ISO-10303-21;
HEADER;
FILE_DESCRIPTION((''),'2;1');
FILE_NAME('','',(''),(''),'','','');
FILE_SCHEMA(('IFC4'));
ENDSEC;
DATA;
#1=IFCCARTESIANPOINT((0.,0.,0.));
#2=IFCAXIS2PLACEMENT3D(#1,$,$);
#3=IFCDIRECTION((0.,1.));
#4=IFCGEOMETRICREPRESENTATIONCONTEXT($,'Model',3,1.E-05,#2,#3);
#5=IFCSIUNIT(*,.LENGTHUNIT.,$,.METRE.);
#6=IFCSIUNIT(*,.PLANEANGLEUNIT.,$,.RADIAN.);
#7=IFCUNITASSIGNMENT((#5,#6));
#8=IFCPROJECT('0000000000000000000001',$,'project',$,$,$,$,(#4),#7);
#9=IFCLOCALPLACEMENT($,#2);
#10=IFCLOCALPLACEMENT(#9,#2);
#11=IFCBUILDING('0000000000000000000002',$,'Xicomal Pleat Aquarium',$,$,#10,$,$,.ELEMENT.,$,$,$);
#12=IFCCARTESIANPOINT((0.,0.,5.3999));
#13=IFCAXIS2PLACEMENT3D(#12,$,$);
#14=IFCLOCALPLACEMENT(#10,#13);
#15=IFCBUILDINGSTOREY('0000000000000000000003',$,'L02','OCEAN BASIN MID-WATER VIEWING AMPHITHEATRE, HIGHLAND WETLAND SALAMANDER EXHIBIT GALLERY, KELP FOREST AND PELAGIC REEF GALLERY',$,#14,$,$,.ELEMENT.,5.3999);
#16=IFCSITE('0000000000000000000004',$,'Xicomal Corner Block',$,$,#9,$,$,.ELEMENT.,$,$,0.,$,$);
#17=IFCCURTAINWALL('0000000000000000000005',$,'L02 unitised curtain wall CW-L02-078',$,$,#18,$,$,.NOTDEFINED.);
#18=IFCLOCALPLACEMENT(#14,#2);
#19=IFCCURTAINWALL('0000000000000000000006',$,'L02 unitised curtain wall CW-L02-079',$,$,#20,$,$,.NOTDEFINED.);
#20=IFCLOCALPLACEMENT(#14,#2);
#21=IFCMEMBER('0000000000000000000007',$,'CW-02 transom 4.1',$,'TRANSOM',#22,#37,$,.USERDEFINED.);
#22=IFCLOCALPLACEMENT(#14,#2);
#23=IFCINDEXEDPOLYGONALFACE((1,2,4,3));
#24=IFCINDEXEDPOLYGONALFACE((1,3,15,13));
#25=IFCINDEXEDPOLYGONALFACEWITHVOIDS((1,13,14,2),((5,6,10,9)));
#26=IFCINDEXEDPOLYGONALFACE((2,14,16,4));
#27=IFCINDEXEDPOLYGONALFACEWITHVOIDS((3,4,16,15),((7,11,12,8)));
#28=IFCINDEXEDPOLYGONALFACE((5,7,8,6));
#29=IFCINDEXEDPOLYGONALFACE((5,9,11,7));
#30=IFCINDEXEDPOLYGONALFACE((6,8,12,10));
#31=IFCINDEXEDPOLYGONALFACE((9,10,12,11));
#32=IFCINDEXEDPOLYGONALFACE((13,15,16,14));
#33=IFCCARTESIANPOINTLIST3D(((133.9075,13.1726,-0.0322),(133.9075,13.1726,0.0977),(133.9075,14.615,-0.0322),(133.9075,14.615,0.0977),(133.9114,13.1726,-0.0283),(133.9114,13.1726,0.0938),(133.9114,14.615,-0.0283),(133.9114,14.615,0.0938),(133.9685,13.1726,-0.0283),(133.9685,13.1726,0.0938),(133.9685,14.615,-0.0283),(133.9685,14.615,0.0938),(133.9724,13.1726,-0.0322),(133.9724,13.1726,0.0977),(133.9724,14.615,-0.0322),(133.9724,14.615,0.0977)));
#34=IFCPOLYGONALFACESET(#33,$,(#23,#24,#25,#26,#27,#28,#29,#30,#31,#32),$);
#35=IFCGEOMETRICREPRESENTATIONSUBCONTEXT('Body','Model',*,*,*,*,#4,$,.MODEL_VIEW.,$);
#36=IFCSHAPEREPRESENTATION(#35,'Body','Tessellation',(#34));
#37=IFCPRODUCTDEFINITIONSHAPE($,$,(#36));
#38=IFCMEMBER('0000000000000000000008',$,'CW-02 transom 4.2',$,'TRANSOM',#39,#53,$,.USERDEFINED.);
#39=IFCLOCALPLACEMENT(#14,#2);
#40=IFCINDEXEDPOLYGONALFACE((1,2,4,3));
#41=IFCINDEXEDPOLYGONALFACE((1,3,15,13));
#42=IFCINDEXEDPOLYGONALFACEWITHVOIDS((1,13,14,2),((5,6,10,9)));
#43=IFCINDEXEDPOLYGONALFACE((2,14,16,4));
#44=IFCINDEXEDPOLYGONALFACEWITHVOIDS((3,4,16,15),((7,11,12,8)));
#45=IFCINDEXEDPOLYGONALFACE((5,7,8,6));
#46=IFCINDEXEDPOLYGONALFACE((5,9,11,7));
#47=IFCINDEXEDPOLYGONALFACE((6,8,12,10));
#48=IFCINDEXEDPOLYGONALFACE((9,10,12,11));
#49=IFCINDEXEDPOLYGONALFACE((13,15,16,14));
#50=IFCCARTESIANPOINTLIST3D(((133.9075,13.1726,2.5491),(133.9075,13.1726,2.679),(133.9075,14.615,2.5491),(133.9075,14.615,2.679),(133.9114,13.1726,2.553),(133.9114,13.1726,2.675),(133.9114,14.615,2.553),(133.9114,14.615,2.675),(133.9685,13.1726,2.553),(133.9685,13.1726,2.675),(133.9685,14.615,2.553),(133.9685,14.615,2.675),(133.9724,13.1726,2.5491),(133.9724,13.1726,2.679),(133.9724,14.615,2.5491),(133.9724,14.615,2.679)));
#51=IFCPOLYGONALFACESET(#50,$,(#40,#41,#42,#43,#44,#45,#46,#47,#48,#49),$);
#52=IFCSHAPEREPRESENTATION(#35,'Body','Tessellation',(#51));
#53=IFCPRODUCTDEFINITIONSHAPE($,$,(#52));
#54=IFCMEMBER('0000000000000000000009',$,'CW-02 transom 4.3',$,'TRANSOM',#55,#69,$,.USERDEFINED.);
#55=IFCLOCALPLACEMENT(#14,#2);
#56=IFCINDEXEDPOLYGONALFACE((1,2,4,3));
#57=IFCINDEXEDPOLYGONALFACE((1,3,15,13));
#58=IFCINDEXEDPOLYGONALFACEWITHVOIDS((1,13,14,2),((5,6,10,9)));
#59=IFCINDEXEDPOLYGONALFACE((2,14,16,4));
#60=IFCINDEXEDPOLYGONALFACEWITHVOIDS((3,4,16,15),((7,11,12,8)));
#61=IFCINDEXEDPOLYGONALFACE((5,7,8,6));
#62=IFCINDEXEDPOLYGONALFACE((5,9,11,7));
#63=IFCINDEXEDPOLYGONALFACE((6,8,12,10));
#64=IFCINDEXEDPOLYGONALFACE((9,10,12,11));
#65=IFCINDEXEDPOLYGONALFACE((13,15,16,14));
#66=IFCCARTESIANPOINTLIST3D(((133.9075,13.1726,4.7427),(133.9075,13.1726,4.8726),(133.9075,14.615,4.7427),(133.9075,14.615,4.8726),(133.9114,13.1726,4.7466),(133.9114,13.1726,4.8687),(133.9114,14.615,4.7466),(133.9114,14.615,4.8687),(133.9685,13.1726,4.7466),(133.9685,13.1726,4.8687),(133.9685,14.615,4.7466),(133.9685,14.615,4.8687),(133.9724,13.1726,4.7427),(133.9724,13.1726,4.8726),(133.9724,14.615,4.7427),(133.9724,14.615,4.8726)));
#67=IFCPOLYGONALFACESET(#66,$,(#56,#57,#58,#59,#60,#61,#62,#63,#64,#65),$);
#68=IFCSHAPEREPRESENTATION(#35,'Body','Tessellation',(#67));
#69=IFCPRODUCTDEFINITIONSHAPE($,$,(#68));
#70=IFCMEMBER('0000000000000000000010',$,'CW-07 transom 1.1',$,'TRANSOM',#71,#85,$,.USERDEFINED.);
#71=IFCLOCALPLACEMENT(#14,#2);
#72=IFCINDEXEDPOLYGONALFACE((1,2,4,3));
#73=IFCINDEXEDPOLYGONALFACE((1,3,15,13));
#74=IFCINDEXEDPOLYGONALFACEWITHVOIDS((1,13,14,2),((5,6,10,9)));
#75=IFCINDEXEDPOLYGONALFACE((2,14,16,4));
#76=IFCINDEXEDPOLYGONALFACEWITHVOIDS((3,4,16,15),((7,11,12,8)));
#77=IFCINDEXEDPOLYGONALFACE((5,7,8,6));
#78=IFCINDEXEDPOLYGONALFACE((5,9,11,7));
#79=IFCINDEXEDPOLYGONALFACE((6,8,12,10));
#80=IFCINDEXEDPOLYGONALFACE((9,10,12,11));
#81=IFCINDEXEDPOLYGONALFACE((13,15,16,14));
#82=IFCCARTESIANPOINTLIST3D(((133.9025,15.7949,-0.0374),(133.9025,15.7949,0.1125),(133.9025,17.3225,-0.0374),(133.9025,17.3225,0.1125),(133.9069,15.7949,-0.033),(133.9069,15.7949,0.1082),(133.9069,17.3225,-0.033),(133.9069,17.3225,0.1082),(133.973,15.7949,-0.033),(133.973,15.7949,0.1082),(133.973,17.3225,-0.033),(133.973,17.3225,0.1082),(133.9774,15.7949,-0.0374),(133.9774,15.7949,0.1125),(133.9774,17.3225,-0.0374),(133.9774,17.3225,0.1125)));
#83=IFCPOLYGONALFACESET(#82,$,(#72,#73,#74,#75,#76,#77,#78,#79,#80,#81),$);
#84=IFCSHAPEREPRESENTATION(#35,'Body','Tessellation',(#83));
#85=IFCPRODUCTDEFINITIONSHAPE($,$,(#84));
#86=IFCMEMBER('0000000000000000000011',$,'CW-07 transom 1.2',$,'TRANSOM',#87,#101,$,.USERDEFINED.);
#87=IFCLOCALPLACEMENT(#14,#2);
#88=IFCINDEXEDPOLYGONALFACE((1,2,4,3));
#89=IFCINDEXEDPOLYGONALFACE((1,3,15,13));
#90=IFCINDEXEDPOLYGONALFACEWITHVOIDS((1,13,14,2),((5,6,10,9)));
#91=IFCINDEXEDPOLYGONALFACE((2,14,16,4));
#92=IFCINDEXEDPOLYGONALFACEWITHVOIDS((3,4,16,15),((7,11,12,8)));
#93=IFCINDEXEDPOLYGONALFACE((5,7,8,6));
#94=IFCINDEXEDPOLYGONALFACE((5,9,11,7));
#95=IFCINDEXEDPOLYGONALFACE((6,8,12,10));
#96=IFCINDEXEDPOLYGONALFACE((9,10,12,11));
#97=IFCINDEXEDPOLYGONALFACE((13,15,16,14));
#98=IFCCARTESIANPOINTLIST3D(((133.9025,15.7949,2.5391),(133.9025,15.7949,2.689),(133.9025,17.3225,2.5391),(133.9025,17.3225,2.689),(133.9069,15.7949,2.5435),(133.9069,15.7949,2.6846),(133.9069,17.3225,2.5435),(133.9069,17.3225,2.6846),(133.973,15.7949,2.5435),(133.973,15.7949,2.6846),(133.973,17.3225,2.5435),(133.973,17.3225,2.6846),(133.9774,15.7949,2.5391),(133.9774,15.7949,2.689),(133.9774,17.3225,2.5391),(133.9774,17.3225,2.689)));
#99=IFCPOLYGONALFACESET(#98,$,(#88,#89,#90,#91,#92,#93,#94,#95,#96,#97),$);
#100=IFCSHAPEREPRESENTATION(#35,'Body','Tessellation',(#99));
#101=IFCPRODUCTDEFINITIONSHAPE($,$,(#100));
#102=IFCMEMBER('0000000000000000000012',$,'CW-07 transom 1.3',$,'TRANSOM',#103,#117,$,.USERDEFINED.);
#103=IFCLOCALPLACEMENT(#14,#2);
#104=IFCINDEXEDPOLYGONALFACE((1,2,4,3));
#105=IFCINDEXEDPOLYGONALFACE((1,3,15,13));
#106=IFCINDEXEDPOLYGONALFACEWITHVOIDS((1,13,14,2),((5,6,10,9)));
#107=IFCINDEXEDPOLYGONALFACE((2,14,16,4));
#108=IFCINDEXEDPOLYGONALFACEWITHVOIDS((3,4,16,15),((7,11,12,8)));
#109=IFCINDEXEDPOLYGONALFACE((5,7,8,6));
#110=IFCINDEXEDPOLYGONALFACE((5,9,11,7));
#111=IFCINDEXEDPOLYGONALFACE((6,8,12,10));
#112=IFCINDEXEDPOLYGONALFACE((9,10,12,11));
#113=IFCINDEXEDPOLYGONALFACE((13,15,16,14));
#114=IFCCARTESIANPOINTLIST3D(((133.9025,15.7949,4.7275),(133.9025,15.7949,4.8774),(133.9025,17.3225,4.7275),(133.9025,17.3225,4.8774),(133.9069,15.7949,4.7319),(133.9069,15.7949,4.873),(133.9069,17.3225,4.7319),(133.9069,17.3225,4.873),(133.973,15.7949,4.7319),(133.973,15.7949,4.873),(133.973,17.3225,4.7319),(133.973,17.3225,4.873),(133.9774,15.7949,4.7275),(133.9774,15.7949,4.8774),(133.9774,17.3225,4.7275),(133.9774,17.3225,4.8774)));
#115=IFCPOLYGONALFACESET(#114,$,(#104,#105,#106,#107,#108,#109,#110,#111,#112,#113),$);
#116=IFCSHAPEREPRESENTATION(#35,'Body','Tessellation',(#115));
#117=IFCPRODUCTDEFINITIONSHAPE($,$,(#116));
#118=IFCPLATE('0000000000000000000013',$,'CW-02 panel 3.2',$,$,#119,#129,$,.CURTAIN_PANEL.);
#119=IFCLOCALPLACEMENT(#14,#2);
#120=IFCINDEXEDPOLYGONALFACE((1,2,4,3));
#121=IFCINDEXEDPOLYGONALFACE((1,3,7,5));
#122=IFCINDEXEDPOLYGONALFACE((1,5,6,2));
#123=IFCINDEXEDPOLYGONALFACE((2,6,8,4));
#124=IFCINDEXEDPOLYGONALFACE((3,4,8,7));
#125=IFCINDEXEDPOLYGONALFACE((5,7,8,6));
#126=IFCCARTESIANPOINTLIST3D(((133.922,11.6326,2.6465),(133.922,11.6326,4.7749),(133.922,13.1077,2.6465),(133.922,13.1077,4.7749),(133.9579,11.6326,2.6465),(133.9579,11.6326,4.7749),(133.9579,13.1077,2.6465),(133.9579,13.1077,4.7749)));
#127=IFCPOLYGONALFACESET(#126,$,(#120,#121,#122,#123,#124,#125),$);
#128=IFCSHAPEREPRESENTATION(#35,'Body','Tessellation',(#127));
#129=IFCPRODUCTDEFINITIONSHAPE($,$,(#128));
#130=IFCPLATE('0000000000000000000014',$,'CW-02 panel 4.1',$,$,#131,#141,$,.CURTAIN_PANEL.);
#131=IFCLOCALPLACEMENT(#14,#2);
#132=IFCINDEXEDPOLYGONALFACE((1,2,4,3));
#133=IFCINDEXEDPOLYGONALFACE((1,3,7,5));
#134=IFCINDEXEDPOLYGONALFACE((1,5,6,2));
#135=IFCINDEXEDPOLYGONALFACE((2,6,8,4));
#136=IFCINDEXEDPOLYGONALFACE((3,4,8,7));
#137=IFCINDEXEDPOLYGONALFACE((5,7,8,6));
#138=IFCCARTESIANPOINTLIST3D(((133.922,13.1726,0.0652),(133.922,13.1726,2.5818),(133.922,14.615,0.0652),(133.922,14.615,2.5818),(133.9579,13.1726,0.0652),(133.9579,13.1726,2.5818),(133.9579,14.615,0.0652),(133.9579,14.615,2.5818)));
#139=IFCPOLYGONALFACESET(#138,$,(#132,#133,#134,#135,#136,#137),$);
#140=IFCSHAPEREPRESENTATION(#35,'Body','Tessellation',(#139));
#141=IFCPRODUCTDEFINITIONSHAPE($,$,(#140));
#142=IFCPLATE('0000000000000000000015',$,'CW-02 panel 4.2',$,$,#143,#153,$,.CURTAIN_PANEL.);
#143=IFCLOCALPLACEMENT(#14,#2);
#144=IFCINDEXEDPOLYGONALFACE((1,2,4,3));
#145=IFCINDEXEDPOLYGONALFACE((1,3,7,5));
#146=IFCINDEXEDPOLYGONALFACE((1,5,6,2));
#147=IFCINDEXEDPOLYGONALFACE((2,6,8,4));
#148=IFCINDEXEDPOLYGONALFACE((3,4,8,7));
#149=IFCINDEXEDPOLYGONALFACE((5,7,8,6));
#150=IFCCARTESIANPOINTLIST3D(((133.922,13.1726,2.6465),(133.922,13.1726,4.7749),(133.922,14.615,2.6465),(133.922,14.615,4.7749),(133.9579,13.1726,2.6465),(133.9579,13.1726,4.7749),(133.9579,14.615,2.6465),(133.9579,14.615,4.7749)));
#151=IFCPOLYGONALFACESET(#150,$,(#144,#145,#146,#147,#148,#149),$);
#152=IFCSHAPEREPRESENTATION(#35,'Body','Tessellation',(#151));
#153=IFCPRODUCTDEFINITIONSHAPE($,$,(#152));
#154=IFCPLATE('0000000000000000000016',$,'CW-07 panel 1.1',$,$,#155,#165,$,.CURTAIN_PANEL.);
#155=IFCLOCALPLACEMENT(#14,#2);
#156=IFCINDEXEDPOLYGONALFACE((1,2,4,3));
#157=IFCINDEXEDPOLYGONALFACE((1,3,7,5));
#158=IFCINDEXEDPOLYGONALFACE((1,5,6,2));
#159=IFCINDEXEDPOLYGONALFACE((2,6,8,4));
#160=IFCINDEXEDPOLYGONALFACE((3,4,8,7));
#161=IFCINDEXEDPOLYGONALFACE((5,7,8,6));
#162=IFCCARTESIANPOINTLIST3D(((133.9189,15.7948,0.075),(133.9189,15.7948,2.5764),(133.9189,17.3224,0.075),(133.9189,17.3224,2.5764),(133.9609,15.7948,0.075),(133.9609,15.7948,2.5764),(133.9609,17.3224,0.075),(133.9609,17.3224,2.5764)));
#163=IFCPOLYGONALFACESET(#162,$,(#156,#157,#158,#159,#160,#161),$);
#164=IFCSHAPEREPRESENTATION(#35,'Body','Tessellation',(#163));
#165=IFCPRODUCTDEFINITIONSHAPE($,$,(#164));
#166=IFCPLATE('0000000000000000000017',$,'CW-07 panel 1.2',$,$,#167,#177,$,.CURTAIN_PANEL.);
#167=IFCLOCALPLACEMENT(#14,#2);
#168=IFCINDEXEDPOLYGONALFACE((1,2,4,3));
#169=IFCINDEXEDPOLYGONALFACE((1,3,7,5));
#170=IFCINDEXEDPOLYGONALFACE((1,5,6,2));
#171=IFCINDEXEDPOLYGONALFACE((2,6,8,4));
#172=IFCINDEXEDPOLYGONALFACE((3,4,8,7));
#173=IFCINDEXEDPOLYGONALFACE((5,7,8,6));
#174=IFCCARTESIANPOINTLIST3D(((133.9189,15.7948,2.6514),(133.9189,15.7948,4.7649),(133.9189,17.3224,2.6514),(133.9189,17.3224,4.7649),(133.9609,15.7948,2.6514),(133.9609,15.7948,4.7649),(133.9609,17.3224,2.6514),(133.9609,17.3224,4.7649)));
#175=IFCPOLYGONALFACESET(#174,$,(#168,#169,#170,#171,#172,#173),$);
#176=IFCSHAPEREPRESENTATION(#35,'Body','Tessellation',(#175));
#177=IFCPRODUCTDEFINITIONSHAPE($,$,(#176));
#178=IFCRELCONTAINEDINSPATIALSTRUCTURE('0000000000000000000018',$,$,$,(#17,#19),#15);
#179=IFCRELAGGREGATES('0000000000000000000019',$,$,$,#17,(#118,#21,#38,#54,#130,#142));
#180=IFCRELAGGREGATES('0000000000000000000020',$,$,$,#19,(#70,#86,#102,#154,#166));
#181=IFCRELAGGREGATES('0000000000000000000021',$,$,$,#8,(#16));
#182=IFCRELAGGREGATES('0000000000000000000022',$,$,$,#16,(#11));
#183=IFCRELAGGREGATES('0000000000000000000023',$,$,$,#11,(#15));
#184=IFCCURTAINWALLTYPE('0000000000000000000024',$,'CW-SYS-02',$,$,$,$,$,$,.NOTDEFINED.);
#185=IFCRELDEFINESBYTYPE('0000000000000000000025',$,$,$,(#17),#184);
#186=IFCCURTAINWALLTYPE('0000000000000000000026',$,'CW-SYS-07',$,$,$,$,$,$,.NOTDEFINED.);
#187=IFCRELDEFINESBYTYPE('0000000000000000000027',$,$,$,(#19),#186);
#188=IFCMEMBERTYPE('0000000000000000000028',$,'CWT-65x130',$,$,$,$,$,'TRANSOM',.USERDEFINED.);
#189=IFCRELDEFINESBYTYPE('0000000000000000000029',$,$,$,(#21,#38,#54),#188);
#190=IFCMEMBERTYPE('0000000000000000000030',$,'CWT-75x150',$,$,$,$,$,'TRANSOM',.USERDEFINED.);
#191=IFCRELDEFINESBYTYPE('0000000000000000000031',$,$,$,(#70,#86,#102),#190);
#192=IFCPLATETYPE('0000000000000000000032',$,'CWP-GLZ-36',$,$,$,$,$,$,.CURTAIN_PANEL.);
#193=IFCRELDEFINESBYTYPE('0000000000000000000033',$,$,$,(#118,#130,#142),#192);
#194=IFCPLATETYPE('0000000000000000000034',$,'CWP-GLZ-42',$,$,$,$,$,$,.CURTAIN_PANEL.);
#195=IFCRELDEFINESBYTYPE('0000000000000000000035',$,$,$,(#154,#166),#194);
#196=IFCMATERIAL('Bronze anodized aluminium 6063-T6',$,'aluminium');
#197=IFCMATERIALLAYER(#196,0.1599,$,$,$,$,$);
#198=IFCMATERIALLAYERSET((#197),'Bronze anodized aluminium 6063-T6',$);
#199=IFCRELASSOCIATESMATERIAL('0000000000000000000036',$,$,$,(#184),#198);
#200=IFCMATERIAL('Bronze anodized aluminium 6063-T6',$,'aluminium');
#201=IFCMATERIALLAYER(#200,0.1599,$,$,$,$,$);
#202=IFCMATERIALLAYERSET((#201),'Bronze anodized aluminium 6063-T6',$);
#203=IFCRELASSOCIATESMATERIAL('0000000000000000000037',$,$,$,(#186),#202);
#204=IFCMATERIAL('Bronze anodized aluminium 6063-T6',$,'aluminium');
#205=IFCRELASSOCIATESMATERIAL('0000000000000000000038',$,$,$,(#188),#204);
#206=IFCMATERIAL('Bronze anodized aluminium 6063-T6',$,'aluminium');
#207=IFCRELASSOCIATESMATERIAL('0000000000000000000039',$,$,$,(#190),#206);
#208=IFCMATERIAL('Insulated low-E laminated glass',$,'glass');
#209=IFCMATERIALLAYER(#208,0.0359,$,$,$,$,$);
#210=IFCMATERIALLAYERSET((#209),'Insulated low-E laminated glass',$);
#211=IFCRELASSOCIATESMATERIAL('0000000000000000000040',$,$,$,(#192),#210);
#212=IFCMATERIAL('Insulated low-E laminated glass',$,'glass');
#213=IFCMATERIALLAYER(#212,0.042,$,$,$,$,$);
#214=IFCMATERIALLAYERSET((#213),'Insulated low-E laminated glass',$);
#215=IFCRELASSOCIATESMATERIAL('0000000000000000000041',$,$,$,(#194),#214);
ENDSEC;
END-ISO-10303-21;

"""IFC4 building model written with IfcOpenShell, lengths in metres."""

from ifc_helpers import new_model, si_unit, direction, frame, origin, origin_2d, place, context, subcontext, project, spatial, rectangle, hollow_rectangle, extrude, material, layer, layer_set, material_profile, profile_set, type_object, element, aggregate, save


model = new_model("IFC4")

# Units and contexts
model_context = context("Model", 3, precision=1e-05, world=origin(), true_north=direction((0.0, 1.0)))
body_context = subcontext(model_context, "Body", "Model", "MODEL_VIEW")
ifc_project = project(units=[si_unit("LENGTHUNIT", "METRE"), si_unit("PLANEANGLEUNIT", "RADIAN")], contexts=[model_context])

# Site, building, storey
site_placement = place(None, origin())
site = spatial("IfcSite", under=ifc_project, at=site_placement, Name="Xicomal Corner Block", CompositionType="ELEMENT", RefElevation=0.0)
building_placement = place(site_placement, origin())
building = spatial("IfcBuilding", under=site, at=building_placement, Name="Xicomal Pleat Aquarium", CompositionType="ELEMENT")
storey_placement = place(building_placement, frame((0.0, 0.0, 5.3999)))
storey = spatial("IfcBuildingStorey", under=building, at=storey_placement, Name="L02", Description="OCEAN BASIN MID-WATER VIEWING AMPHITHEATRE, HIGHLAND WETLAND SALAMANDER EXHIBIT GALLERY, KELP FOREST AND PELAGIC REEF GALLERY", CompositionType="ELEMENT", Elevation=5.3999)

# Curtain walls
ifc_material_1 = material(Name="Bronze anodized aluminium 6063-T6", Category="aluminium")
ifc_layer_1 = layer(ifc_material_1, 0.1599)
ifc_layer_set_1 = layer_set([ifc_layer_1], Name="Bronze anodized aluminium 6063-T6")
curtain_wall_type_1 = type_object("IfcCurtainWallType", Name="CW-SYS-02", PredefinedType="NOTDEFINED", material=ifc_layer_set_1)
curtain_wall_1_placement = place(storey_placement, origin())
curtain_wall_1 = element("IfcCurtainWall", 1, at=curtain_wall_1_placement, inside=storey, type_object=curtain_wall_type_1, Name="L02 unitised curtain wall CW-L02-078", PredefinedType="NOTDEFINED")
ifc_material_2 = material(Name="Bronze anodized aluminium 6063-T6", Category="aluminium")
ifc_layer_2 = layer(ifc_material_2, 0.1599)
ifc_layer_set_2 = layer_set([ifc_layer_2], Name="Bronze anodized aluminium 6063-T6")
curtain_wall_type_2 = type_object("IfcCurtainWallType", Name="CW-SYS-07", PredefinedType="NOTDEFINED", material=ifc_layer_set_2)
curtain_wall_2_placement = place(storey_placement, origin())
curtain_wall_2 = element("IfcCurtainWall", 2, at=curtain_wall_2_placement, inside=storey, type_object=curtain_wall_type_2, Name="L02 unitised curtain wall CW-L02-079", PredefinedType="NOTDEFINED")

# Members
ifc_material_3 = material(Name="Bronze anodized aluminium 6063-T6", Category="aluminium")
ifc_material_profile_1 = material_profile(ifc_material_3, hollow_rectangle(XDim=0.0649, YDim=0.1299, WallThickness=0.0039, at=origin_2d()), Name="ALU TRAN 65x130")
ifc_profile_set_1 = profile_set([ifc_material_profile_1], Name="Bronze anodized aluminium 6063-T6")
member_type_1 = type_object("IfcMemberType", Name="CWT-65x130", ElementType="TRANSOM", PredefinedType="USERDEFINED", material=ifc_profile_set_1)
member_1_placement = place(storey_placement, frame((133.9399, 13.1726, 0.0327), z_axis=(0.0, 1.0, 0.0), x_axis=(-1.0, 0.0, 0.0)))
member_1 = element("IfcMember", 3, at=member_1_placement, type_object=member_type_1, Name="CW-02 transom 4.1", ObjectType="TRANSOM", PredefinedType="USERDEFINED", context=body_context, shape_type="SweptSolid", body=[
    extrude(hollow_rectangle(XDim=0.0649, YDim=0.1299, WallThickness=0.0039, at=origin_2d()), origin(), (0.0, 0.0, 1.0), 1.4424),
])
member_2_placement = place(storey_placement, frame((133.9399, 13.1726, 2.614), z_axis=(0.0, 1.0, 0.0), x_axis=(-1.0, 0.0, 0.0)))
member_2 = element("IfcMember", 4, at=member_2_placement, type_object=member_type_1, Name="CW-02 transom 4.2", ObjectType="TRANSOM", PredefinedType="USERDEFINED", context=body_context, shape_type="SweptSolid", body=[
    extrude(hollow_rectangle(XDim=0.0649, YDim=0.1299, WallThickness=0.0039, at=origin_2d()), origin(), (0.0, 0.0, 1.0), 1.4424),
])
member_3_placement = place(storey_placement, frame((133.9399, 13.1726, 4.8076), z_axis=(0.0, 1.0, 0.0), x_axis=(-1.0, 0.0, 0.0)))
member_3 = element("IfcMember", 5, at=member_3_placement, type_object=member_type_1, Name="CW-02 transom 4.3", ObjectType="TRANSOM", PredefinedType="USERDEFINED", context=body_context, shape_type="SweptSolid", body=[
    extrude(hollow_rectangle(XDim=0.0649, YDim=0.1299, WallThickness=0.0039, at=origin_2d()), origin(), (0.0, 0.0, 1.0), 1.4424),
])
ifc_material_4 = material(Name="Bronze anodized aluminium 6063-T6", Category="aluminium")
ifc_material_profile_2 = material_profile(ifc_material_4, hollow_rectangle(XDim=0.075, YDim=0.1499, WallThickness=0.0044, at=origin_2d()), Name="ALU TRAN 75x150")
ifc_profile_set_2 = profile_set([ifc_material_profile_2], Name="Bronze anodized aluminium 6063-T6")
member_type_2 = type_object("IfcMemberType", Name="CWT-75x150", ElementType="TRANSOM", PredefinedType="USERDEFINED", material=ifc_profile_set_2)
member_4_placement = place(storey_placement, frame((133.9399, 15.7949, 0.0376), z_axis=(0.0, 1.0, 0.0), x_axis=(-1.0, 0.0, 0.0)))
member_4 = element("IfcMember", 6, at=member_4_placement, type_object=member_type_2, Name="CW-07 transom 1.1", ObjectType="TRANSOM", PredefinedType="USERDEFINED", context=body_context, shape_type="SweptSolid", body=[
    extrude(hollow_rectangle(XDim=0.075, YDim=0.1499, WallThickness=0.0044, at=origin_2d()), origin(), (0.0, 0.0, 1.0), 1.5276),
])
member_5_placement = place(storey_placement, frame((133.9399, 15.7949, 2.614), z_axis=(0.0, 1.0, 0.0), x_axis=(-1.0, 0.0, 0.0)))
member_5 = element("IfcMember", 7, at=member_5_placement, type_object=member_type_2, Name="CW-07 transom 1.2", ObjectType="TRANSOM", PredefinedType="USERDEFINED", context=body_context, shape_type="SweptSolid", body=[
    extrude(hollow_rectangle(XDim=0.075, YDim=0.1499, WallThickness=0.0044, at=origin_2d()), origin(), (0.0, 0.0, 1.0), 1.5276),
])
member_6_placement = place(storey_placement, frame((133.9399, 15.7949, 4.8025), z_axis=(0.0, 1.0, 0.0), x_axis=(-1.0, 0.0, 0.0)))
member_6 = element("IfcMember", 8, at=member_6_placement, type_object=member_type_2, Name="CW-07 transom 1.3", ObjectType="TRANSOM", PredefinedType="USERDEFINED", context=body_context, shape_type="SweptSolid", body=[
    extrude(hollow_rectangle(XDim=0.075, YDim=0.1499, WallThickness=0.0044, at=origin_2d()), origin(), (0.0, 0.0, 1.0), 1.5276),
])

# Plates
ifc_material_5 = material(Name="Insulated low-E laminated glass", Category="glass")
ifc_layer_3 = layer(ifc_material_5, 0.0359)
ifc_layer_set_3 = layer_set([ifc_layer_3], Name="Insulated low-E laminated glass")
plate_type_1 = type_object("IfcPlateType", Name="CWP-GLZ-36", PredefinedType="CURTAIN_PANEL", material=ifc_layer_set_3)
plate_1_placement = place(storey_placement, frame((133.9399, 12.3701, 2.6465), z_axis=(0.0, 0.0, 1.0), x_axis=(0.0, 1.0, 0.0)))
plate_1 = element("IfcPlate", 9, at=plate_1_placement, type_object=plate_type_1, Name="CW-02 panel 3.2", PredefinedType="CURTAIN_PANEL", context=body_context, shape_type="SweptSolid", body=[
    extrude(rectangle(XDim=1.4751, YDim=0.0359, at=origin_2d()), origin(), (0.0, 0.0, 1.0), 2.1284),
])
plate_2_placement = place(storey_placement, frame((133.9399, 13.8938, 0.0652), z_axis=(0.0, 0.0, 1.0), x_axis=(0.0, 1.0, 0.0)))
plate_2 = element("IfcPlate", 10, at=plate_2_placement, type_object=plate_type_1, Name="CW-02 panel 4.1", PredefinedType="CURTAIN_PANEL", context=body_context, shape_type="SweptSolid", body=[
    extrude(rectangle(XDim=1.4424, YDim=0.0359, at=origin_2d()), origin(), (0.0, 0.0, 1.0), 2.5166),
])
plate_3_placement = place(storey_placement, frame((133.9399, 13.8938, 2.6465), z_axis=(0.0, 0.0, 1.0), x_axis=(0.0, 1.0, 0.0)))
plate_3 = element("IfcPlate", 11, at=plate_3_placement, type_object=plate_type_1, Name="CW-02 panel 4.2", PredefinedType="CURTAIN_PANEL", context=body_context, shape_type="SweptSolid", body=[
    extrude(rectangle(XDim=1.4424, YDim=0.0359, at=origin_2d()), origin(), (0.0, 0.0, 1.0), 2.1284),
])
aggregate(curtain_wall_1, [plate_1, member_1, member_2, member_3, plate_2, plate_3])
ifc_material_6 = material(Name="Insulated low-E laminated glass", Category="glass")
ifc_layer_4 = layer(ifc_material_6, 0.042)
ifc_layer_set_4 = layer_set([ifc_layer_4], Name="Insulated low-E laminated glass")
plate_type_2 = type_object("IfcPlateType", Name="CWP-GLZ-42", PredefinedType="CURTAIN_PANEL", material=ifc_layer_set_4)
plate_4_placement = place(storey_placement, frame((133.9399, 16.5586, 0.075), z_axis=(0.0, 0.0, 1.0), x_axis=(0.0, 1.0, 0.0)))
plate_4 = element("IfcPlate", 12, at=plate_4_placement, type_object=plate_type_2, Name="CW-07 panel 1.1", PredefinedType="CURTAIN_PANEL", context=body_context, shape_type="SweptSolid", body=[
    extrude(rectangle(XDim=1.5276, YDim=0.042, at=origin_2d()), origin(), (0.0, 0.0, 1.0), 2.5015),
])
plate_5_placement = place(storey_placement, frame((133.9399, 16.5586, 2.6514), z_axis=(0.0, 0.0, 1.0), x_axis=(0.0, 1.0, 0.0)))
plate_5 = element("IfcPlate", 13, at=plate_5_placement, type_object=plate_type_2, Name="CW-07 panel 1.2", PredefinedType="CURTAIN_PANEL", context=body_context, shape_type="SweptSolid", body=[
    extrude(rectangle(XDim=1.5276, YDim=0.042, at=origin_2d()), origin(), (0.0, 0.0, 1.0), 2.1135),
])
aggregate(curtain_wall_2, [member_4, member_5, member_6, plate_4, plate_5])

save(model, "model.ifc")
